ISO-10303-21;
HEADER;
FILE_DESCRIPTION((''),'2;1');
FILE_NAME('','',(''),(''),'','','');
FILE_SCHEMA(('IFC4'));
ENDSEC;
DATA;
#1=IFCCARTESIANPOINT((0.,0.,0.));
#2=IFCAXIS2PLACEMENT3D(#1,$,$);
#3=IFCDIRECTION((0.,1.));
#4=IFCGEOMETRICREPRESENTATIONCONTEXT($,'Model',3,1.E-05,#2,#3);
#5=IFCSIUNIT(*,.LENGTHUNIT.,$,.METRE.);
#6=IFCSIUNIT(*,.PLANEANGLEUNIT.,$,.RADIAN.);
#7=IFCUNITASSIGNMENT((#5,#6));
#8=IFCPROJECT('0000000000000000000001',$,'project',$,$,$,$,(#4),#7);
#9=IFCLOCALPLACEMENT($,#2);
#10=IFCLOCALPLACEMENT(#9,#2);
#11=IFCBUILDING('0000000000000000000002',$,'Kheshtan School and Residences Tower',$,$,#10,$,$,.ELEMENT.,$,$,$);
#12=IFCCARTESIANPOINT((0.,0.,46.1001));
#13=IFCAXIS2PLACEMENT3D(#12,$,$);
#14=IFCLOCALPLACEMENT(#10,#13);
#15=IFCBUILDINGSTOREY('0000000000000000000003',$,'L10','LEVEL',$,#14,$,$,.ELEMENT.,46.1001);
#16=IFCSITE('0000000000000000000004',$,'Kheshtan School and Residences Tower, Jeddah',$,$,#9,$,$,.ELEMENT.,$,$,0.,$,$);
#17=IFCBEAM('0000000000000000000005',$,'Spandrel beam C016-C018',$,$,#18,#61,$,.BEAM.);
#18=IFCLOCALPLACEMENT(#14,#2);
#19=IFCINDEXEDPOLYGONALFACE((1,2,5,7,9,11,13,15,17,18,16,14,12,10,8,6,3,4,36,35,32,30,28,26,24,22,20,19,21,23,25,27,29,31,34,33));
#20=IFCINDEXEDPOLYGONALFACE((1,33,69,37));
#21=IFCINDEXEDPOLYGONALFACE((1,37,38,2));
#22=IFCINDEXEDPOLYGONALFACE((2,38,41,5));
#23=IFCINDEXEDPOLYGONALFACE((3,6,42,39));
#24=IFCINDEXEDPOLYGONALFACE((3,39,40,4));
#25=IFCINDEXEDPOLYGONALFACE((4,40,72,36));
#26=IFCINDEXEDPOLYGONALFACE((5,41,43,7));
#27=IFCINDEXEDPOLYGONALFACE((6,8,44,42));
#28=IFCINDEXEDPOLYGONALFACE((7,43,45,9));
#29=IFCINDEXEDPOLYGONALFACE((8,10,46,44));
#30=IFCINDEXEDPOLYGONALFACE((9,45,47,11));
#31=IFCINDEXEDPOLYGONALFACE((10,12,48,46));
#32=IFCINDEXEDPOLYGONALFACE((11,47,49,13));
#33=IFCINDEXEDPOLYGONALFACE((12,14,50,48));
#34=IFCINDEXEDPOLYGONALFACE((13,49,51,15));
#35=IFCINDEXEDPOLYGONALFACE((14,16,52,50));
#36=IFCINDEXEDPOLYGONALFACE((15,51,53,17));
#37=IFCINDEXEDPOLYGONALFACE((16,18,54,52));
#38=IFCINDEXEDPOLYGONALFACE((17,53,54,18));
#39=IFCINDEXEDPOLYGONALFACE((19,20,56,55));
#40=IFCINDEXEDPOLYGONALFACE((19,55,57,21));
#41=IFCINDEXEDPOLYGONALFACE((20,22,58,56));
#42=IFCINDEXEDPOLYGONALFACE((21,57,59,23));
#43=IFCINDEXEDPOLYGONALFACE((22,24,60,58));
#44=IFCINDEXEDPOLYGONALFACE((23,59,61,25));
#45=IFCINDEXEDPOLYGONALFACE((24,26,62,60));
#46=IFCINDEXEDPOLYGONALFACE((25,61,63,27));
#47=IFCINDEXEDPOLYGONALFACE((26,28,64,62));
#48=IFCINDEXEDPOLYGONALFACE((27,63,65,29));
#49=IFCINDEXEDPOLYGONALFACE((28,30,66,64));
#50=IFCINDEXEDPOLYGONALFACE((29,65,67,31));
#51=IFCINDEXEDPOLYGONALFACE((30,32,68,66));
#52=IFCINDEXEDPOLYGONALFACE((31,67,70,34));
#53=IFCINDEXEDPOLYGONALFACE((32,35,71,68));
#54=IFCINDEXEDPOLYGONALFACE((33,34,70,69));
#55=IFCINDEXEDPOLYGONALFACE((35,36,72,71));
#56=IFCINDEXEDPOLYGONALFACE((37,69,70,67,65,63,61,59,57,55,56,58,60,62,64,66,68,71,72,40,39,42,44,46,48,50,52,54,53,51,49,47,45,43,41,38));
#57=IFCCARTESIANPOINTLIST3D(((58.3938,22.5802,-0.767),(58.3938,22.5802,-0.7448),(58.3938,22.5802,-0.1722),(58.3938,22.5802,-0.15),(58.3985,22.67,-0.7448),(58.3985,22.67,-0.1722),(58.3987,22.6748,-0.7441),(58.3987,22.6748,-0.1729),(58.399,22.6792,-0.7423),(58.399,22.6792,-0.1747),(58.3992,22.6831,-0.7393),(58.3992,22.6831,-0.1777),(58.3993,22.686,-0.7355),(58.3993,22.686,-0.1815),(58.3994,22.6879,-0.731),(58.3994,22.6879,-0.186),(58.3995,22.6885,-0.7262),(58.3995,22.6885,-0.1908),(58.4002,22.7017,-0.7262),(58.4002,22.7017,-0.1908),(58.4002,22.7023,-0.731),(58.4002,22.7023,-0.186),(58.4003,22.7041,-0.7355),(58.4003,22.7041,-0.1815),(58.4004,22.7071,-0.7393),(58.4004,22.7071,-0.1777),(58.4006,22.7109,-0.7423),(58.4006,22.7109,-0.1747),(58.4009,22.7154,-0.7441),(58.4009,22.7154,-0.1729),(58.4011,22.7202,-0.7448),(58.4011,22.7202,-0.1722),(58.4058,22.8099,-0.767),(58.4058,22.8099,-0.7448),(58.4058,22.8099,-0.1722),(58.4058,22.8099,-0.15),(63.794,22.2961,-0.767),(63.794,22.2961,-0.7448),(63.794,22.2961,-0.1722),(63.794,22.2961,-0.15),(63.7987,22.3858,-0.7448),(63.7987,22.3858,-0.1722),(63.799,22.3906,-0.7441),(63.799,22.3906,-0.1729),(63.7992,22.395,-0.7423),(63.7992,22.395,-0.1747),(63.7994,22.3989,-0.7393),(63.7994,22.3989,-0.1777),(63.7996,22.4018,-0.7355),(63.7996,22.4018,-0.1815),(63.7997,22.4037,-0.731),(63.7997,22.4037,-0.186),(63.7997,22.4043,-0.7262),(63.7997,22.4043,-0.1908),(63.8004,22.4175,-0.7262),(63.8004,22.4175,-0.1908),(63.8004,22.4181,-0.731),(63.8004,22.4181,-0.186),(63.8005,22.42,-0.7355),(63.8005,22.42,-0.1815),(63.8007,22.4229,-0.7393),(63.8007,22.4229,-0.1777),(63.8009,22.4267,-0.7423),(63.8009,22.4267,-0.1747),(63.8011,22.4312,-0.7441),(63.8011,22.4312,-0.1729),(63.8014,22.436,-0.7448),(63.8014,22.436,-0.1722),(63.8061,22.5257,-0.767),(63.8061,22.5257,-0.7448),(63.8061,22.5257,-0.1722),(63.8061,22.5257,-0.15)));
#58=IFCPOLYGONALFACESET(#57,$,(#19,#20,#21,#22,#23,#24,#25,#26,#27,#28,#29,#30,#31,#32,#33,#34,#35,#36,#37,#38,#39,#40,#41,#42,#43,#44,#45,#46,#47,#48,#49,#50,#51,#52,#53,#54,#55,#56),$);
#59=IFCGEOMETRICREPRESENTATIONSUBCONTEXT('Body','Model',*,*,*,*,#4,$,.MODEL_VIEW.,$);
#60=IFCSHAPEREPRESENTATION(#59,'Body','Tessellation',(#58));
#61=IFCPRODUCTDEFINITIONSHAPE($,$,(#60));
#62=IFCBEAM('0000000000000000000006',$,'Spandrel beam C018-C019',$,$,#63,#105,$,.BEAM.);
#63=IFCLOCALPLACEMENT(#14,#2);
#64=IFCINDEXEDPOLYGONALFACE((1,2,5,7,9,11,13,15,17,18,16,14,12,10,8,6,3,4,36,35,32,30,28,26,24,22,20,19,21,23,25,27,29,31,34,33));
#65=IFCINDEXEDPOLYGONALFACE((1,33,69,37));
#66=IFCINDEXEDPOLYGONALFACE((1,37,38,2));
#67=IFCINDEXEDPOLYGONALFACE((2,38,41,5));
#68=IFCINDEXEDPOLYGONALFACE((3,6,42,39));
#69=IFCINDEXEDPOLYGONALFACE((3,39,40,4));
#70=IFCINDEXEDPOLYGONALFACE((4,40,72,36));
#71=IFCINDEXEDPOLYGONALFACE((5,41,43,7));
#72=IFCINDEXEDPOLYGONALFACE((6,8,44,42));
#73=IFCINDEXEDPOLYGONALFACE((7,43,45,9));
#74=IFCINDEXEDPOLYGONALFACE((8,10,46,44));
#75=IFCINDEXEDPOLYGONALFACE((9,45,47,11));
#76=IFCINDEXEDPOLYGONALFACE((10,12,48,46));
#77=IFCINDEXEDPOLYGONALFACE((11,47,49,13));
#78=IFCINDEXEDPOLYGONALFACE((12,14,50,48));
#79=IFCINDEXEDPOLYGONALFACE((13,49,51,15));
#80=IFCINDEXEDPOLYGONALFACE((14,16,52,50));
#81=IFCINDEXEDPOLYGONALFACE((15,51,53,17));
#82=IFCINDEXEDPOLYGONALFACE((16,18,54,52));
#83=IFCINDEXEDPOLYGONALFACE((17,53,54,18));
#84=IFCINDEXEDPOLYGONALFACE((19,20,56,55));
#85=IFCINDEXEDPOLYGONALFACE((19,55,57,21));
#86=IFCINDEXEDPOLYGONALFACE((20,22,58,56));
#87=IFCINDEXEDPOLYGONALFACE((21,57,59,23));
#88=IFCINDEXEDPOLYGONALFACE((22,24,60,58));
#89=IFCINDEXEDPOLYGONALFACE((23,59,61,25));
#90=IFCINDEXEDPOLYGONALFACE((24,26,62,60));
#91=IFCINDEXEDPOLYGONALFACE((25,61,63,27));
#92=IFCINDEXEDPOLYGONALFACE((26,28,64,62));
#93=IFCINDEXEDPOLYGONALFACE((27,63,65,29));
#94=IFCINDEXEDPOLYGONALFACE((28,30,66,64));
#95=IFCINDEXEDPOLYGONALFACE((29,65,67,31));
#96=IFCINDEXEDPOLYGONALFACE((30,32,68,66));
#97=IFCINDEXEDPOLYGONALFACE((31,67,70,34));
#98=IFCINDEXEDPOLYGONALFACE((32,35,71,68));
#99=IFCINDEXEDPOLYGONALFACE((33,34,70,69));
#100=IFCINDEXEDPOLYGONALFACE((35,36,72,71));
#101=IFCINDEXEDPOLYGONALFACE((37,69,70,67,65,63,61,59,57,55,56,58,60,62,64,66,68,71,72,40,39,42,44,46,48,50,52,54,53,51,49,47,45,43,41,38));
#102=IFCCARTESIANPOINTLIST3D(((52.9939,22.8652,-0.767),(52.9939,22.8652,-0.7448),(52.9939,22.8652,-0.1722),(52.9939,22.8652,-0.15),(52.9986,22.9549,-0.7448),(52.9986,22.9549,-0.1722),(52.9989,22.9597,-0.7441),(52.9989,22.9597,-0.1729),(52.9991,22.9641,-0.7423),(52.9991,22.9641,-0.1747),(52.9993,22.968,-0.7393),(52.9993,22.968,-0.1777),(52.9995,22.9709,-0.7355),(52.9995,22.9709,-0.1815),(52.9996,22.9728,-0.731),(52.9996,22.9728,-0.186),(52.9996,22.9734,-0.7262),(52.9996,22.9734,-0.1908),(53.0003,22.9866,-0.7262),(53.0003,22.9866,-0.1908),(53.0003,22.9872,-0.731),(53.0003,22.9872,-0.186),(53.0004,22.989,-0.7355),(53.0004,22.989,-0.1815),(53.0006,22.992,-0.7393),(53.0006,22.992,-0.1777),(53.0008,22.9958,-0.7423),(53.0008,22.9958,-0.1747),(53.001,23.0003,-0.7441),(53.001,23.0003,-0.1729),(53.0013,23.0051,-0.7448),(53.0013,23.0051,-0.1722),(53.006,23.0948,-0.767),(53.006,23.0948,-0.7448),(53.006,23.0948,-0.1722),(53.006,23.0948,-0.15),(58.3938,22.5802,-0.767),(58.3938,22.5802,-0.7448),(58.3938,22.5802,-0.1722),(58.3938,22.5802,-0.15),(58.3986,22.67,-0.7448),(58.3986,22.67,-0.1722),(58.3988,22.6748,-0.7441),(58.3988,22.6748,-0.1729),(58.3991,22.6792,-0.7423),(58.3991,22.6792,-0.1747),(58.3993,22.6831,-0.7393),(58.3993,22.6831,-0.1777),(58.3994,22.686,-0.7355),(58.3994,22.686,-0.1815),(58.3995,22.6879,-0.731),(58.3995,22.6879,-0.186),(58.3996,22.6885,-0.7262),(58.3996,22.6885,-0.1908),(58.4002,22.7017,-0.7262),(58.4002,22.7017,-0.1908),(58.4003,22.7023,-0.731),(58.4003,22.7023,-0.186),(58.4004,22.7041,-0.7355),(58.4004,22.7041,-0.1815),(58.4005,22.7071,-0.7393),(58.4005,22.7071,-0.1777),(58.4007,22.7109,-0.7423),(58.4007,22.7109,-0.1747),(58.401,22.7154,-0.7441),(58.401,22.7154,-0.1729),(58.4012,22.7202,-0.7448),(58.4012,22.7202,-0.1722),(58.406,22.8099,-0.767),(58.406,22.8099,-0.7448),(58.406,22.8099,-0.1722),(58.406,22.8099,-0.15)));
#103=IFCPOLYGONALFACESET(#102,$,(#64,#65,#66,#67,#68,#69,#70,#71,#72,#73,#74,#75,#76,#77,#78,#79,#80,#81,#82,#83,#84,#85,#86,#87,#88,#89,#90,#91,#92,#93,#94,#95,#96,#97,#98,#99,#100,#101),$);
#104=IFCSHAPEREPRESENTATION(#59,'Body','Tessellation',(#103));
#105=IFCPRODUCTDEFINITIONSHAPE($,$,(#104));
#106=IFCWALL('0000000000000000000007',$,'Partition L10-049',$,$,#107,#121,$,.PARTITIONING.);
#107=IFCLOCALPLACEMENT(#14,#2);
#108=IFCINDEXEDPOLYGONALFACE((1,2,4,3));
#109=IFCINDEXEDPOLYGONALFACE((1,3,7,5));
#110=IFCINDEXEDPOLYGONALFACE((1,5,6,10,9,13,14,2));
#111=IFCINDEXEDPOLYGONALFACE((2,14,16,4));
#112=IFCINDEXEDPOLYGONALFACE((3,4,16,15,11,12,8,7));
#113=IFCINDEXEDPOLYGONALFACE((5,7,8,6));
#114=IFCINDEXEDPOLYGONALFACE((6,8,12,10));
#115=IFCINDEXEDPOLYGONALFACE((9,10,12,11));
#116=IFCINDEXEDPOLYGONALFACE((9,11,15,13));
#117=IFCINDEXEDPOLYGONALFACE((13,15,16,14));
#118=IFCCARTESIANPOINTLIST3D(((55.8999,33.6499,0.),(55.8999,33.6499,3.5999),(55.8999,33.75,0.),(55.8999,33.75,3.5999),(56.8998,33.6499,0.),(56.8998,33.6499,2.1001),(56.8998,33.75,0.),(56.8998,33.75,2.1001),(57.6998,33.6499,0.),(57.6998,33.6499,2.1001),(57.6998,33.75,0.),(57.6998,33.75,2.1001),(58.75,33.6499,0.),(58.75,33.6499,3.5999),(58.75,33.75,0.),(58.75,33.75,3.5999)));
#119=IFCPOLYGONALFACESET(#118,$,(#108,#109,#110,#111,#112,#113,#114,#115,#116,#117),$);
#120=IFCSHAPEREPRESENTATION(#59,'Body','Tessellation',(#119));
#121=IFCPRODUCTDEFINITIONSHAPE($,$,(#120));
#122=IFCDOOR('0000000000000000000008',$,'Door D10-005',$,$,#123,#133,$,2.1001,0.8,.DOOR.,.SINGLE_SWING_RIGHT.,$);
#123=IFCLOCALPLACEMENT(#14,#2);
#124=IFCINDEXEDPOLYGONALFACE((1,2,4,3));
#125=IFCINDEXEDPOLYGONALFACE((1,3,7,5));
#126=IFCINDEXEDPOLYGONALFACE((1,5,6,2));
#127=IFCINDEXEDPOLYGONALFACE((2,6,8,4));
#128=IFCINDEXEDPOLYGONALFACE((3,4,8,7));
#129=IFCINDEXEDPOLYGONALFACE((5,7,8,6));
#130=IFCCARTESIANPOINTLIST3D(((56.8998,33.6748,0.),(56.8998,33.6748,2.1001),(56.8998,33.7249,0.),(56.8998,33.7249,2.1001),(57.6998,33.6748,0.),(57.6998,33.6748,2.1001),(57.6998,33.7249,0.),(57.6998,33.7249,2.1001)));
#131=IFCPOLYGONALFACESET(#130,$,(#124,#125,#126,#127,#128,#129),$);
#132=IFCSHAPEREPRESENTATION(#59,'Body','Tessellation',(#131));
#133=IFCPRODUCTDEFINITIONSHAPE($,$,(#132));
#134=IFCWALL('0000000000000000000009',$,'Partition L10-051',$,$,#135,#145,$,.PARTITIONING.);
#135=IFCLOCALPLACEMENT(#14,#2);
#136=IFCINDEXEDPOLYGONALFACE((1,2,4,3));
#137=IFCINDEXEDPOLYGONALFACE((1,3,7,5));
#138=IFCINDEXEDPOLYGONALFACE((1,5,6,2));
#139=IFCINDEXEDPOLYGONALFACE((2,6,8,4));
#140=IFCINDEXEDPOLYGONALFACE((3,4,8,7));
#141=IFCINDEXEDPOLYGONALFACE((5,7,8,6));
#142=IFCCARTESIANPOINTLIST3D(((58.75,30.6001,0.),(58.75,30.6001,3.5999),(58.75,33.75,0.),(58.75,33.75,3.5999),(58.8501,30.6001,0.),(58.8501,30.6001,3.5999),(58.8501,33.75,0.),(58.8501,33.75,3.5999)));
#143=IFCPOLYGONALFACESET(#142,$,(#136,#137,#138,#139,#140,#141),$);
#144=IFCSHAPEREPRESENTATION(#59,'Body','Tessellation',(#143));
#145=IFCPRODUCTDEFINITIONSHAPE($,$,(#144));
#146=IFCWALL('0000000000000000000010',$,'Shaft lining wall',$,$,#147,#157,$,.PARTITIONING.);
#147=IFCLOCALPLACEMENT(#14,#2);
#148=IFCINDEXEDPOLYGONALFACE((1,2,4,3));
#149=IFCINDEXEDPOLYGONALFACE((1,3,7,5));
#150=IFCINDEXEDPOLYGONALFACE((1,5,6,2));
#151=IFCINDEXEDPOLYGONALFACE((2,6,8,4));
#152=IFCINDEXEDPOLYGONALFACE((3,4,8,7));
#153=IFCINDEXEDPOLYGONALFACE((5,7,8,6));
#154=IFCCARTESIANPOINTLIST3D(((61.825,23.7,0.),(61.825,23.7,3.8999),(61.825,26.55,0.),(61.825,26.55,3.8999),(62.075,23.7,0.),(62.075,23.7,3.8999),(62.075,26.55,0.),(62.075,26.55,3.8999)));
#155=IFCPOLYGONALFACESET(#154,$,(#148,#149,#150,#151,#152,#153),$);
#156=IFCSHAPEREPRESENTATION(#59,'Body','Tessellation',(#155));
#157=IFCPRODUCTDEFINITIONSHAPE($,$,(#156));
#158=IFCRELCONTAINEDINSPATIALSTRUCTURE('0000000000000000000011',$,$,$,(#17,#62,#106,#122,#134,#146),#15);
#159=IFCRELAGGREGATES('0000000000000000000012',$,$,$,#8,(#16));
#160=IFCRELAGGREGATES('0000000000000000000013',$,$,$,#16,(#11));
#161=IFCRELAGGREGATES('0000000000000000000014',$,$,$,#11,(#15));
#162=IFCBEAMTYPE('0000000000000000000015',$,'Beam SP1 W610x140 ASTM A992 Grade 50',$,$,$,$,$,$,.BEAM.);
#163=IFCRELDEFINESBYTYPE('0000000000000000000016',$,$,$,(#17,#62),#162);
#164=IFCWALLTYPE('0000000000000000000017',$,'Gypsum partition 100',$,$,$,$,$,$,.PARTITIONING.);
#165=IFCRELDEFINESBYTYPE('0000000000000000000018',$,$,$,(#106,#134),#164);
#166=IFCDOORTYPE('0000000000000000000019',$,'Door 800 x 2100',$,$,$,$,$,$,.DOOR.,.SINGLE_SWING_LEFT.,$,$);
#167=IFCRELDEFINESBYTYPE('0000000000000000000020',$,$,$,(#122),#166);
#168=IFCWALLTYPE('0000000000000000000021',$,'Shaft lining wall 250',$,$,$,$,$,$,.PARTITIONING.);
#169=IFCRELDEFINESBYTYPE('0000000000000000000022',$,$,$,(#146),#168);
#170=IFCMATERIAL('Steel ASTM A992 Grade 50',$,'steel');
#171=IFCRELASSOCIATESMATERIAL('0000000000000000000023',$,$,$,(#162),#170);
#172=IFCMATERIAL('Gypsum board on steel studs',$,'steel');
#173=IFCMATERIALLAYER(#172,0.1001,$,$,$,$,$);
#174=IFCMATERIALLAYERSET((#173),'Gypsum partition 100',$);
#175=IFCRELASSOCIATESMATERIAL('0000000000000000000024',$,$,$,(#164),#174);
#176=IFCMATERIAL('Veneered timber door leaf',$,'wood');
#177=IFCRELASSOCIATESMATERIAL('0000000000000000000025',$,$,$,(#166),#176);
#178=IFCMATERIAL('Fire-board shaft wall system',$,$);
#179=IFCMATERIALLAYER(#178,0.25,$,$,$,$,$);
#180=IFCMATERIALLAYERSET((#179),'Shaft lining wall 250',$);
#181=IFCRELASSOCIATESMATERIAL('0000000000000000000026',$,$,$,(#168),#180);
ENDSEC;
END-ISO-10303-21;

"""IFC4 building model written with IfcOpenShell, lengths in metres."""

from ifc_helpers import new_model, si_unit, direction, frame, frame_2d, origin, origin_2d, place, context, subcontext, project, spatial, rectangle, i_section, extrude, source, transform, mapped, material, layer, layer_set, material_profile, profile_set, type_object, element, fill, save


model = new_model("IFC4")

# Units and contexts
model_context = context("Model", 3, precision=1e-05, world=origin(), true_north=direction((0.0, 1.0)))
body_context = subcontext(model_context, "Body", "Model", "MODEL_VIEW")
ifc_project = project(units=[si_unit("LENGTHUNIT", "METRE"), si_unit("PLANEANGLEUNIT", "RADIAN")], contexts=[model_context])

# Site, building, storey
site_placement = place(None, origin())
site = spatial("IfcSite", under=ifc_project, at=site_placement, Name="Kheshtan School and Residences Tower, Jeddah", CompositionType="ELEMENT", RefElevation=0.0)
building_placement = place(site_placement, origin())
building = spatial("IfcBuilding", under=site, at=building_placement, Name="Kheshtan School and Residences Tower", CompositionType="ELEMENT")
storey_placement = place(building_placement, frame((0.0, 0.0, 46.1001)))
storey = spatial("IfcBuildingStorey", under=building, at=storey_placement, Name="L10", Description="LEVEL", CompositionType="ELEMENT", Elevation=46.1001)

# Shared definitions
ifc_material_1 = material(Name="Steel ASTM A992 Grade 50", Category="steel")

# Beams
ifc_material_profile_1 = material_profile(ifc_material_1, i_section(OverallWidth=0.23, OverallDepth=0.6169, WebThickness=0.0132, FlangeThickness=0.0222, FilletRadius=0.0186, at=origin_2d()), Name="W610x140")
ifc_profile_set_1 = profile_set([ifc_material_profile_1], Name="Steel ASTM A992 Grade 50")
beam_type_1 = type_object("IfcBeamType", Name="Beam SP1 W610x140 ASTM A992 Grade 50", PredefinedType="BEAM", material=ifc_profile_set_1)
beam_1_placement = place(storey_placement, frame((63.8, 22.4109, -0.4585), z_axis=(-0.998618, 0.052552, 0.0), x_axis=(-0.052552, -0.998618, 0.0)))
element("IfcBeam", 1, at=beam_1_placement, inside=storey, type_object=beam_type_1, Name="Spandrel beam C016-C018", PredefinedType="BEAM", context=body_context, shape_type="SweptSolid", body=[
    extrude(i_section(OverallWidth=0.23, OverallDepth=0.6169, WebThickness=0.0132, FlangeThickness=0.0222, FilletRadius=0.0186, at=origin_2d()), origin(), (0.0, 0.0, 1.0), 5.4077),
])
beam_2_placement = place(storey_placement, frame((58.3999, 22.6951, -0.4585), z_axis=(-0.998611, 0.052689, 0.0), x_axis=(-0.052689, -0.998611, 0.0)))
element("IfcBeam", 2, at=beam_2_placement, inside=storey, type_object=beam_type_1, Name="Spandrel beam C018-C019", PredefinedType="BEAM", context=body_context, shape_type="SweptSolid", body=[
    extrude(i_section(OverallWidth=0.23, OverallDepth=0.6169, WebThickness=0.0132, FlangeThickness=0.0222, FilletRadius=0.0186, at=origin_2d()), origin(), (0.0, 0.0, 1.0), 5.4075),
])

# Wall, opening, door
ifc_material_2 = material(Name="Gypsum board on steel studs", Category="steel")
ifc_layer_1 = layer(ifc_material_2, 0.1001)
ifc_layer_set_1 = layer_set([ifc_layer_1], Name="Gypsum partition 100")
wall_type_1 = type_object("IfcWallType", Name="Gypsum partition 100", PredefinedType="PARTITIONING", material=ifc_layer_set_1)
wall_1_placement = place(storey_placement, frame((55.8999, 33.7, 0.0), z_axis=(0.0, 0.0, 1.0), x_axis=(1.0, 0.0, 0.0)))
wall_1 = element("IfcWall", 3, at=wall_1_placement, inside=storey, type_object=wall_type_1, Name="Partition L10-049", PredefinedType="PARTITIONING", context=body_context, shape_type="SweptSolid", body=[
    extrude(rectangle(XDim=2.8501, YDim=0.1001, at=frame_2d((1.425, 0.0))), origin(), (0.0, 0.0, 1.0), 3.5999),
])
opening_1_placement = place(wall_1_placement, frame((1.0, 0.0, 0.0)))
opening_1 = element("IfcOpeningElement", 4, at=opening_1_placement, cuts=wall_1, PredefinedType="OPENING", context=body_context, shape_type="SweptSolid", body=[
    extrude(rectangle(XDim=0.8, YDim=2.1001, at=frame_2d((0.3999, 1.05))), frame((0.0, 0.0601, 0.0), z_axis=(0.0, -1.0, 0.0), x_axis=(1.0, 0.0, 0.0)), (0.0, 0.0, 1.0), 0.1201),
])
ifc_material_3 = material(Name="Veneered timber door leaf", Category="wood")
door_type_1 = type_object("IfcDoorType", Name="Door 800 x 2100", OperationType="SINGLE_SWING_LEFT", PredefinedType="DOOR", material=ifc_material_3)
shared_shape_1 = source(origin(), body_context, "Body", "SweptSolid", [
    extrude(rectangle(XDim=0.8, YDim=2.1001, at=frame_2d((0.3999, 1.05))), frame((0.0, 0.0249, 0.0), z_axis=(0.0, -1.0, 0.0), x_axis=(1.0, 0.0, 0.0)), (0.0, 0.0, 1.0), 0.05),
])
door_1_placement = place(opening_1_placement, origin())
door_1 = element("IfcDoor", 5, at=door_1_placement, inside=storey, type_object=door_type_1, Name="Door D10-005", OperationType="SINGLE_SWING_RIGHT", OverallHeight=2.1001, OverallWidth=0.8, PredefinedType="DOOR", context=body_context, shape_type="MappedRepresentation", body=[
    mapped(shared_shape_1, transform((0.0, 0.0, 0.0), x_axis=(1.0, 0.0, 0.0), y_axis=(0.0, 1.0, 0.0), z_axis=(0.0, 0.0, 1.0), scale=1.0)),
])
fill(opening_1, door_1)

# Walls
wall_2_placement = place(storey_placement, frame((58.8, 30.6001, 0.0), z_axis=(0.0, 0.0, 1.0), x_axis=(0.0, 1.0, 0.0)))
element("IfcWall", 6, at=wall_2_placement, inside=storey, type_object=wall_type_1, Name="Partition L10-051", PredefinedType="PARTITIONING", context=body_context, shape_type="SweptSolid", body=[
    extrude(rectangle(XDim=3.1499, YDim=0.1001, at=frame_2d((1.575, 0.0))), origin(), (0.0, 0.0, 1.0), 3.5999),
])
ifc_material_4 = material(Name="Fire-board shaft wall system")
ifc_layer_2 = layer(ifc_material_4, 0.25)
ifc_layer_set_2 = layer_set([ifc_layer_2], Name="Shaft lining wall 250")
wall_type_2 = type_object("IfcWallType", Name="Shaft lining wall 250", PredefinedType="PARTITIONING", material=ifc_layer_set_2)
wall_3_placement = place(storey_placement, frame((61.95, 23.7, 0.0), z_axis=(0.0, 0.0, 1.0), x_axis=(0.0, 1.0, 0.0)))
element("IfcWall", 7, at=wall_3_placement, inside=storey, type_object=wall_type_2, Name="Shaft lining wall", PredefinedType="PARTITIONING", context=body_context, shape_type="SweptSolid", body=[
    extrude(rectangle(XDim=2.8501, YDim=0.25, at=frame_2d((1.425, 0.0))), origin(), (0.0, 0.0, 1.0), 3.8999),
])

save(model, "model.ifc")
